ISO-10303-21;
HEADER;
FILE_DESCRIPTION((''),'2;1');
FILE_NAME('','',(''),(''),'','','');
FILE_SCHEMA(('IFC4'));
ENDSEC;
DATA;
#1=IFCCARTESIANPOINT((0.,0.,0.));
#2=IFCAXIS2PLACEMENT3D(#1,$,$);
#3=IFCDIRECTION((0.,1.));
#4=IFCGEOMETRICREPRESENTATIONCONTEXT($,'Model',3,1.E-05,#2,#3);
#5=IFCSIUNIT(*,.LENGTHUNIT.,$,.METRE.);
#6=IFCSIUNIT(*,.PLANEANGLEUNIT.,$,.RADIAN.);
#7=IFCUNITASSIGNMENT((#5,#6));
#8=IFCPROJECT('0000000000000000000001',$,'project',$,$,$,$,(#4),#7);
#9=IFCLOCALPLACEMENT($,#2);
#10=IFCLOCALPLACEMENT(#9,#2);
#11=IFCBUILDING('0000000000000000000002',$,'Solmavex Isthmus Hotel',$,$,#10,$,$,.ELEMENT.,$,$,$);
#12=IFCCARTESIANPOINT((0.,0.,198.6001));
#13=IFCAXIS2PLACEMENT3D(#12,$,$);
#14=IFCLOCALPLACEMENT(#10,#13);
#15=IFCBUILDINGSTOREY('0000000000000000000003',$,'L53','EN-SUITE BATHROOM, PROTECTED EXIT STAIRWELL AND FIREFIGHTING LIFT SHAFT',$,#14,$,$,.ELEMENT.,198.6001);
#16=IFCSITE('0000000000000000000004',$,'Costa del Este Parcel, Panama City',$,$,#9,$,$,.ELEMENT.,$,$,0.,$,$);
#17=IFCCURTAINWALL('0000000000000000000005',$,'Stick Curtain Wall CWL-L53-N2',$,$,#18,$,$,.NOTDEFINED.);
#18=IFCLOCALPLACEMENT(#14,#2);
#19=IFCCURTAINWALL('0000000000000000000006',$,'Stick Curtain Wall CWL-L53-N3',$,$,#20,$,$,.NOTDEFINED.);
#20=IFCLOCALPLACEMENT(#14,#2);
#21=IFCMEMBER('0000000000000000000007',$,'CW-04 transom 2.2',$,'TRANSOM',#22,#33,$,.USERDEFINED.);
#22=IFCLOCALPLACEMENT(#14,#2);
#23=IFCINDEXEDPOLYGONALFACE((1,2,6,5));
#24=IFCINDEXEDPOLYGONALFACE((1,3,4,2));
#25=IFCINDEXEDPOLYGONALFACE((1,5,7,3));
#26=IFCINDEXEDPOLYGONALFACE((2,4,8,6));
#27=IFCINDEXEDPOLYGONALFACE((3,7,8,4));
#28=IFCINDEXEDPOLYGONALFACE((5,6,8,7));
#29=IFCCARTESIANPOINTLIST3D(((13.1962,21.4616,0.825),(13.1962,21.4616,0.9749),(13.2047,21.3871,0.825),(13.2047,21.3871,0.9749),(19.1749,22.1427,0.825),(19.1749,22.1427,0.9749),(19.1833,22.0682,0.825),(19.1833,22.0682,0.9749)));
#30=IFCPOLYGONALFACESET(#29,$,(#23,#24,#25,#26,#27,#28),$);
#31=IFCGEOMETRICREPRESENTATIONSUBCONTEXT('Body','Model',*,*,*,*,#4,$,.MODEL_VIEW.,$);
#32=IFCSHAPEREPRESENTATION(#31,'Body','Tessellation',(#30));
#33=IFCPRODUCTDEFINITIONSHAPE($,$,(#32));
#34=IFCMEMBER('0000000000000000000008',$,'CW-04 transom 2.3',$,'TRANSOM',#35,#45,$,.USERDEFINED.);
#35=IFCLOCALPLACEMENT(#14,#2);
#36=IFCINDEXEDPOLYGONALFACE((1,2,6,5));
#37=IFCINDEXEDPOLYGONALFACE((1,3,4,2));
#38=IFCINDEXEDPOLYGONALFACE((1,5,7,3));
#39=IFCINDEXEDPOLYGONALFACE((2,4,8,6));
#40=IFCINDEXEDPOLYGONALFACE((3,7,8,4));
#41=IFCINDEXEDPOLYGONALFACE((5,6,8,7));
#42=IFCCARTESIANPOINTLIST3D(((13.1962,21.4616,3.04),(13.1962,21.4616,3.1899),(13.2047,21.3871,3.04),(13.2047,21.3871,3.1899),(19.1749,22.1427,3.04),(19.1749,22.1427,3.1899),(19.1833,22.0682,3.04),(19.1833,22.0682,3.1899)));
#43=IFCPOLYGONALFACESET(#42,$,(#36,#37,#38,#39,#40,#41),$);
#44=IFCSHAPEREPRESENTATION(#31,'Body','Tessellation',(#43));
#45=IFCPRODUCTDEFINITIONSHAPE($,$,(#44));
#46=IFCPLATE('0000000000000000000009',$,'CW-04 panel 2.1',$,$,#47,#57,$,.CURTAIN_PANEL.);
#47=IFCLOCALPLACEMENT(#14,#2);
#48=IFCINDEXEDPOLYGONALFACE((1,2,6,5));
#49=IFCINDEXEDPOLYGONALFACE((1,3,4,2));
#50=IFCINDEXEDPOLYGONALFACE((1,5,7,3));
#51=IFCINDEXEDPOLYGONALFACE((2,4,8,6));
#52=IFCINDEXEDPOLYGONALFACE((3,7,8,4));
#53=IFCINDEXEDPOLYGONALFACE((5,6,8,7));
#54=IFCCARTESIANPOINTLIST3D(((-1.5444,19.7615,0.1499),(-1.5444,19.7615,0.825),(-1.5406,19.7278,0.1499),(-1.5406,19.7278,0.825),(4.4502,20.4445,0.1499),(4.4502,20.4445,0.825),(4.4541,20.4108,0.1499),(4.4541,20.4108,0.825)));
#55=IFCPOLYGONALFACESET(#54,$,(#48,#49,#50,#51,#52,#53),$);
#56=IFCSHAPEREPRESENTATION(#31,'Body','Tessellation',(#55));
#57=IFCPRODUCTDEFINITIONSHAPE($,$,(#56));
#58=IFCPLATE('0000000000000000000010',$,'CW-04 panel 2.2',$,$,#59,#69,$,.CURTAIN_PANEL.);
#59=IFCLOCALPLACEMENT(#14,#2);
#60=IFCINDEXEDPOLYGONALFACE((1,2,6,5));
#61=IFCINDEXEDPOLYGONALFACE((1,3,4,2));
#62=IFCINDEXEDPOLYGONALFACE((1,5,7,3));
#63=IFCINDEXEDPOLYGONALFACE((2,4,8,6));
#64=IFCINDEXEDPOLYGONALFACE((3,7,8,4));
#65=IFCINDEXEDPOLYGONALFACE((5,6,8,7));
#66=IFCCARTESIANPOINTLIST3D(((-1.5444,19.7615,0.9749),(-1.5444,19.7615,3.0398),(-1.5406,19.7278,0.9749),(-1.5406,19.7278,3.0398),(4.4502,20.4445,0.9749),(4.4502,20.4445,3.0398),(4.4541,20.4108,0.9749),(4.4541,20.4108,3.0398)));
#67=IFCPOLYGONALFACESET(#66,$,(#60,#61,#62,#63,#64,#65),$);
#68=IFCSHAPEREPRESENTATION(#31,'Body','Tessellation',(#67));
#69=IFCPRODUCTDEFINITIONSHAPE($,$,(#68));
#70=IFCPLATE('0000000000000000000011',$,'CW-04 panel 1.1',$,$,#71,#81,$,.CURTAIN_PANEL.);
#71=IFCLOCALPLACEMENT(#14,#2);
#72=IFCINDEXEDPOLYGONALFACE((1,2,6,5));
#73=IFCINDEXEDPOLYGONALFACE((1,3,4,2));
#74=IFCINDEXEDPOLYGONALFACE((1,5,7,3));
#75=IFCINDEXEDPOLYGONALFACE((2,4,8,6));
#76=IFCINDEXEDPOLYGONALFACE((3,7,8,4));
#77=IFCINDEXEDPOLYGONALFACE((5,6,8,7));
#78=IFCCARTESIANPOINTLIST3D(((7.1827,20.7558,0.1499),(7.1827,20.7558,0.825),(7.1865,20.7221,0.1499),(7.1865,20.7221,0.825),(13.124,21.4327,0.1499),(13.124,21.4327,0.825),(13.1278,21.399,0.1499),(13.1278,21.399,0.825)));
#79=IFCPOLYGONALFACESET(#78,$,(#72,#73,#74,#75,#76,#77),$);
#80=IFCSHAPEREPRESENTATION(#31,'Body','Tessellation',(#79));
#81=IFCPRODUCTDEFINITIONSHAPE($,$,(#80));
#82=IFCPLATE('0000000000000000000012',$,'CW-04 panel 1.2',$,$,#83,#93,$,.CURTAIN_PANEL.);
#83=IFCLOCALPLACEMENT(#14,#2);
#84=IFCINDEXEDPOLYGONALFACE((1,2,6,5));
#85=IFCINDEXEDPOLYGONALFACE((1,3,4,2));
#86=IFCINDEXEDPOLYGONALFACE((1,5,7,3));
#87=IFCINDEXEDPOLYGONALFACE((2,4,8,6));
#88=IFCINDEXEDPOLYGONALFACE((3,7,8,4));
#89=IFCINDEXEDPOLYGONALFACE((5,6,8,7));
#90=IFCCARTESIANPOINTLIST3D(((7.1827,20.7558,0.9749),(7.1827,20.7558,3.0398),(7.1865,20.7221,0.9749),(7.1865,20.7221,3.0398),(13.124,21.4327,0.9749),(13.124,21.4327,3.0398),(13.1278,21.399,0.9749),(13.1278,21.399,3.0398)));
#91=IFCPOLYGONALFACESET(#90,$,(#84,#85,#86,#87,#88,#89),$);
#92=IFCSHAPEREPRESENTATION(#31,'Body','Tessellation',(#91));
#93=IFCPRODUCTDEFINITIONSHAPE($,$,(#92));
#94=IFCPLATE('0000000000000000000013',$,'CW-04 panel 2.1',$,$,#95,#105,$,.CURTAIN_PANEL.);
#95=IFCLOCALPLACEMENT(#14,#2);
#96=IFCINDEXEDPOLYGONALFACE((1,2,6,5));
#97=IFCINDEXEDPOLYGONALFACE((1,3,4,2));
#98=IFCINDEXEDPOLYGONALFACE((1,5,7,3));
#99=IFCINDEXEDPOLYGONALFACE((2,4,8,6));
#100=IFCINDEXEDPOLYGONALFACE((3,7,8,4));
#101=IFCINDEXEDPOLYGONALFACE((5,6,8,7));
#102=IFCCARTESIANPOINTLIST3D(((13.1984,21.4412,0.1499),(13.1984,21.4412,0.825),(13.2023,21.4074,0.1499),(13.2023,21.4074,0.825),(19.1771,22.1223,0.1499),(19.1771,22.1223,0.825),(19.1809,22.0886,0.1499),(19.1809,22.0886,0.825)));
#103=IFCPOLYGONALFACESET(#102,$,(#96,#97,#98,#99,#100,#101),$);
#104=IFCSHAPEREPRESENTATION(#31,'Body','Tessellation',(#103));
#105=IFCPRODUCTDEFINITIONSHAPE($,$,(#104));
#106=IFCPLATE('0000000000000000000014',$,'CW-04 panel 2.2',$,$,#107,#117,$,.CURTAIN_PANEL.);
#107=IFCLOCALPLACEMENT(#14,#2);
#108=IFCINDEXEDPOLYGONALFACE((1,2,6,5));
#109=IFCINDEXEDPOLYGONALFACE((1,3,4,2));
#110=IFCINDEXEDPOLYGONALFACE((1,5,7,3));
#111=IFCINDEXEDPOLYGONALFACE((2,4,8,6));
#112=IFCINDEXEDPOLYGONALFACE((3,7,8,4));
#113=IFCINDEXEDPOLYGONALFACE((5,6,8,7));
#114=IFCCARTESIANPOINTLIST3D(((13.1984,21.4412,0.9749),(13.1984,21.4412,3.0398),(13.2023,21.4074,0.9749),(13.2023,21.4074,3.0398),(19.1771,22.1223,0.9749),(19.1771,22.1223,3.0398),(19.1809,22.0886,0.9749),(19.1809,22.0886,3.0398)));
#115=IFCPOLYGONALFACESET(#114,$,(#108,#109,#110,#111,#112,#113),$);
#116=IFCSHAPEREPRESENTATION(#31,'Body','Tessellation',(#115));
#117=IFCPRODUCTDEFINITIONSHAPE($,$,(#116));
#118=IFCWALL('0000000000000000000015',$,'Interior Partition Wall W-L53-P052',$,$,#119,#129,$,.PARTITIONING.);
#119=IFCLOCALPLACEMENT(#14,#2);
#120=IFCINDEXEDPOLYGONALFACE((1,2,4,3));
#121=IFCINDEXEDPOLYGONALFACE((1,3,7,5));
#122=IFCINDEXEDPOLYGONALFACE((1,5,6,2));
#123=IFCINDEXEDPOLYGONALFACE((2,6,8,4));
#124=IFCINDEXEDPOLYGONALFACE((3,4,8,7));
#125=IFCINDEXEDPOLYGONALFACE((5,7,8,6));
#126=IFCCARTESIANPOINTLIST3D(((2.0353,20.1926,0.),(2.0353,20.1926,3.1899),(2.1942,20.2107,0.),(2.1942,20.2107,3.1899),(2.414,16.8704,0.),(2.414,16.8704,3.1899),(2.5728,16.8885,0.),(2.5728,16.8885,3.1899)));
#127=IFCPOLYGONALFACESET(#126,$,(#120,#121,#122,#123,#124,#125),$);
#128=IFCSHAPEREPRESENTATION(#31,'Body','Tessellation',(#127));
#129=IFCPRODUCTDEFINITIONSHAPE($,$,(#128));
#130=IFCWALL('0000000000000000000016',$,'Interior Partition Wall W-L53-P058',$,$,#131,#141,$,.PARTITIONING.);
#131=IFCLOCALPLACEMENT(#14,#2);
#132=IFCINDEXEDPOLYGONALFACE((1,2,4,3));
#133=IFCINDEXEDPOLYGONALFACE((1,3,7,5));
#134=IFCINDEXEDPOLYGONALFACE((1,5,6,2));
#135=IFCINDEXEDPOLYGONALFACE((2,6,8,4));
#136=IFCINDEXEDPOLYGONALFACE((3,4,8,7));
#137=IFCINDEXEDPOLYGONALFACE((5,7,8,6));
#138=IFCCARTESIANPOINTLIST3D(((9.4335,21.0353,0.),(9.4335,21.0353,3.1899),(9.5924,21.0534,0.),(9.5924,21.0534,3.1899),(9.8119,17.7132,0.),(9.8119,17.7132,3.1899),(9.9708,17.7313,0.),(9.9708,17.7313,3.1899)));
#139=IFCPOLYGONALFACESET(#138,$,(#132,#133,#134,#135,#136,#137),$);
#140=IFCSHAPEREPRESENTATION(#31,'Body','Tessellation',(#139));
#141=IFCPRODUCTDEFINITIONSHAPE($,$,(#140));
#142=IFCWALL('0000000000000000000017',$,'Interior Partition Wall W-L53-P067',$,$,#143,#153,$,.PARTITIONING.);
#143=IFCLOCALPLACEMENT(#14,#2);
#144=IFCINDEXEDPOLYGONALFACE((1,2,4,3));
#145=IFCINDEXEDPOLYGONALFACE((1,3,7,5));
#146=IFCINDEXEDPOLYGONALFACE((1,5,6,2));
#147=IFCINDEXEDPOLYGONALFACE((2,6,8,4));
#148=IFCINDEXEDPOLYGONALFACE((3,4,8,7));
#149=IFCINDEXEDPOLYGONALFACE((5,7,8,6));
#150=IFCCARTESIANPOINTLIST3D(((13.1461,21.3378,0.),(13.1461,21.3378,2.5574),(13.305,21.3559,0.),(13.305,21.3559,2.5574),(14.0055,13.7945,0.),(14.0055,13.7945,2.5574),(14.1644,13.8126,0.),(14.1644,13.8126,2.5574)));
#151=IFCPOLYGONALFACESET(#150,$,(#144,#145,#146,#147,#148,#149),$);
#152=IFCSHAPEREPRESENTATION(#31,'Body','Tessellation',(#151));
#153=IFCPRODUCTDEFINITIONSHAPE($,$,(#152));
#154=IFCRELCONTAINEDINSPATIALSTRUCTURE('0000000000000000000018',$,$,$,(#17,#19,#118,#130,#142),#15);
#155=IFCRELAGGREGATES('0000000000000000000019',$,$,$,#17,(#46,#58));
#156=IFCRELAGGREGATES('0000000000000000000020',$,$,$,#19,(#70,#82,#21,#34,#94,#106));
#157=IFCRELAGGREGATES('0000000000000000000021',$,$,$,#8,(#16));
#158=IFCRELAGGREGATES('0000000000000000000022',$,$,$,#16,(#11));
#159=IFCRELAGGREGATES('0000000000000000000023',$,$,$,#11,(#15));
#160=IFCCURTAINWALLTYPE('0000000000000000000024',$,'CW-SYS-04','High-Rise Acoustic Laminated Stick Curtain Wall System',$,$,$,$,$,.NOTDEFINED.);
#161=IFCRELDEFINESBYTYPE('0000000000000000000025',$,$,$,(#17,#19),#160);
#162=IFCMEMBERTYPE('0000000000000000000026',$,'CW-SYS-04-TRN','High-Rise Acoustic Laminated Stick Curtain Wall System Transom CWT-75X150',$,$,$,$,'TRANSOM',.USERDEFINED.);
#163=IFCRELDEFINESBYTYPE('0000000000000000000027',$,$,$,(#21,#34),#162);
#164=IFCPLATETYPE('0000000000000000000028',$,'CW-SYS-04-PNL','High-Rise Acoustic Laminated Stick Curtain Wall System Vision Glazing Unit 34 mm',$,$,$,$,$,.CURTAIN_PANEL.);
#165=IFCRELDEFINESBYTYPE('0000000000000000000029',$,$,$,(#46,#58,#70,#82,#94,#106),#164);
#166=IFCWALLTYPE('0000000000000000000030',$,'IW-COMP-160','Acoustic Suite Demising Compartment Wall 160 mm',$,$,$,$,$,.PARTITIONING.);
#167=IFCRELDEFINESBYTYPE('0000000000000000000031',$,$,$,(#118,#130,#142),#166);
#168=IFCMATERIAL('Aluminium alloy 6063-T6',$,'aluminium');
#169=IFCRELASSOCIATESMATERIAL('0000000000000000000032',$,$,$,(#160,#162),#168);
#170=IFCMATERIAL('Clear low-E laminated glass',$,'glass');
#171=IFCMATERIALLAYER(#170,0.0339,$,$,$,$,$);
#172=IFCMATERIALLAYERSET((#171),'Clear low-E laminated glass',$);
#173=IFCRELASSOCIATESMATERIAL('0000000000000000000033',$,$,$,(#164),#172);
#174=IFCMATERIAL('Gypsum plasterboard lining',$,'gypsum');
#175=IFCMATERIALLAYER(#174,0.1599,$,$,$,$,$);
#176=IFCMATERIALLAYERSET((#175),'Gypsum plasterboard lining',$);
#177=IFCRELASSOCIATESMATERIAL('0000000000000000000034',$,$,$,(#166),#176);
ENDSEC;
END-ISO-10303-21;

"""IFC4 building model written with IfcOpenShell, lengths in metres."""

from ifc_helpers import new_model, si_unit, direction, frame, frame_2d, origin, origin_2d, place, context, subcontext, project, spatial, rectangle, extrude, material, layer, layer_set, material_profile, profile_set, type_object, element, aggregate, save


model = new_model("IFC4")

# Units and contexts
model_context = context("Model", 3, precision=1e-05, world=origin(), true_north=direction((0.0, 1.0)))
body_context = subcontext(model_context, "Body", "Model", "MODEL_VIEW")
ifc_project = project(units=[si_unit("LENGTHUNIT", "METRE"), si_unit("PLANEANGLEUNIT", "RADIAN")], contexts=[model_context])

# Site, building, storey
site_placement = place(None, origin())
site = spatial("IfcSite", under=ifc_project, at=site_placement, Name="Costa del Este Parcel, Panama City", CompositionType="ELEMENT", RefElevation=0.0)
building_placement = place(site_placement, origin())
building = spatial("IfcBuilding", under=site, at=building_placement, Name="Solmavex Isthmus Hotel", CompositionType="ELEMENT")
storey_placement = place(building_placement, frame((0.0, 0.0, 198.6001)))
storey = spatial("IfcBuildingStorey", under=building, at=storey_placement, Name="L53", Description="EN-SUITE BATHROOM, PROTECTED EXIT STAIRWELL AND FIREFIGHTING LIFT SHAFT", CompositionType="ELEMENT", Elevation=198.6001)

# Curtain wall
ifc_material_1 = material(Name="Aluminium alloy 6063-T6", Category="aluminium")
curtain_wall_type = type_object("IfcCurtainWallType", Name="CW-SYS-04", Description="High-Rise Acoustic Laminated Stick Curtain Wall System", PredefinedType="NOTDEFINED", material=ifc_material_1)
curtain_wall_1_placement = place(storey_placement, origin())
curtain_wall_1 = element("IfcCurtainWall", 1, at=curtain_wall_1_placement, inside=storey, type_object=curtain_wall_type, Name="Stick Curtain Wall CWL-L53-N2", PredefinedType="NOTDEFINED")

# Curtain wall, members
curtain_wall_2_placement = place(storey_placement, origin())
curtain_wall_2 = element("IfcCurtainWall", 2, at=curtain_wall_2_placement, inside=storey, type_object=curtain_wall_type, Name="Stick Curtain Wall CWL-L53-N3", PredefinedType="NOTDEFINED")
ifc_material_profile_1 = material_profile(ifc_material_1, rectangle(XDim=0.075, YDim=0.1499, at=origin_2d()), Name="CWT-75X150")
ifc_profile_set_1 = profile_set([ifc_material_profile_1], Name="Aluminium alloy 6063-T6")
member_type_1 = type_object("IfcMemberType", Name="CW-SYS-04-TRN", Description="High-Rise Acoustic Laminated Stick Curtain Wall System Transom CWT-75X150", ElementType="TRANSOM", PredefinedType="USERDEFINED", material=ifc_profile_set_1)
member_1_placement = place(storey_placement, frame((13.2004, 21.4243, 0.8999), z_axis=(0.993573, 0.113196, 0.0), x_axis=(-0.113196, 0.993573, 0.0)))
member_1 = element("IfcMember", 3, at=member_1_placement, type_object=member_type_1, Name="CW-04 transom 2.2", ObjectType="TRANSOM", PredefinedType="USERDEFINED", context=body_context, shape_type="SweptSolid", body=[
    extrude(rectangle(XDim=0.075, YDim=0.1499, at=origin_2d()), origin(), (0.0, 0.0, 1.0), 6.0173),
])
member_2_placement = place(storey_placement, frame((13.2004, 21.4243, 3.115), z_axis=(0.993573, 0.113196, 0.0), x_axis=(-0.113196, 0.993573, 0.0)))
member_2 = element("IfcMember", 4, at=member_2_placement, type_object=member_type_1, Name="CW-04 transom 2.3", ObjectType="TRANSOM", PredefinedType="USERDEFINED", context=body_context, shape_type="SweptSolid", body=[
    extrude(rectangle(XDim=0.075, YDim=0.1499, at=origin_2d()), origin(), (0.0, 0.0, 1.0), 6.0173),
])

# Plates
ifc_material_2 = material(Name="Clear low-E laminated glass", Category="glass")
ifc_layer_1 = layer(ifc_material_2, 0.0339)
ifc_layer_set_1 = layer_set([ifc_layer_1], Name="Clear low-E laminated glass")
plate_type = type_object("IfcPlateType", Name="CW-SYS-04-PNL", Description="High-Rise Acoustic Laminated Stick Curtain Wall System Vision Glazing Unit 34 mm", PredefinedType="CURTAIN_PANEL", material=ifc_layer_set_1)
plate_1_placement = place(storey_placement, frame((1.4548, 20.0862, 0.1499), z_axis=(0.0, 0.0, 1.0), x_axis=(0.993572, 0.113203, 0.0)))
plate_1 = element("IfcPlate", 5, at=plate_1_placement, type_object=plate_type, Name="CW-04 panel 2.1", PredefinedType="CURTAIN_PANEL", context=body_context, shape_type="SweptSolid", body=[
    extrude(rectangle(XDim=6.0334, YDim=0.0339, at=origin_2d()), origin(), (0.0, 0.0, 1.0), 0.675),
])
plate_2_placement = place(storey_placement, frame((1.4548, 20.0862, 0.9749), z_axis=(0.0, 0.0, 1.0), x_axis=(0.993572, 0.113203, 0.0)))
plate_2 = element("IfcPlate", 6, at=plate_2_placement, type_object=plate_type, Name="CW-04 panel 2.2", PredefinedType="CURTAIN_PANEL", context=body_context, shape_type="SweptSolid", body=[
    extrude(rectangle(XDim=6.0334, YDim=0.0339, at=origin_2d()), origin(), (0.0, 0.0, 1.0), 2.0649),
])
aggregate(curtain_wall_1, [plate_1, plate_2])
plate_3_placement = place(storey_placement, frame((10.1553, 21.0774, 0.1499), z_axis=(0.0, 0.0, 1.0), x_axis=(0.993572, 0.113203, 0.0)))
plate_3 = element("IfcPlate", 7, at=plate_3_placement, type_object=plate_type, Name="CW-04 panel 1.1", PredefinedType="CURTAIN_PANEL", context=body_context, shape_type="SweptSolid", body=[
    extrude(rectangle(XDim=5.9797, YDim=0.0339, at=origin_2d()), origin(), (0.0, 0.0, 1.0), 0.675),
])
plate_4_placement = place(storey_placement, frame((10.1553, 21.0774, 0.9749), z_axis=(0.0, 0.0, 1.0), x_axis=(0.993572, 0.113203, 0.0)))
plate_4 = element("IfcPlate", 8, at=plate_4_placement, type_object=plate_type, Name="CW-04 panel 1.2", PredefinedType="CURTAIN_PANEL", context=body_context, shape_type="SweptSolid", body=[
    extrude(rectangle(XDim=5.9797, YDim=0.0339, at=origin_2d()), origin(), (0.0, 0.0, 1.0), 2.0649),
])
plate_5_placement = place(storey_placement, frame((16.1897, 21.7649, 0.1499), z_axis=(0.0, 0.0, 1.0), x_axis=(0.993572, 0.113203, 0.0)))
plate_5 = element("IfcPlate", 9, at=plate_5_placement, type_object=plate_type, Name="CW-04 panel 2.1", PredefinedType="CURTAIN_PANEL", context=body_context, shape_type="SweptSolid", body=[
    extrude(rectangle(XDim=6.0173, YDim=0.0339, at=origin_2d()), origin(), (0.0, 0.0, 1.0), 0.675),
])
plate_6_placement = place(storey_placement, frame((16.1897, 21.7649, 0.9749), z_axis=(0.0, 0.0, 1.0), x_axis=(0.993572, 0.113203, 0.0)))
plate_6 = element("IfcPlate", 10, at=plate_6_placement, type_object=plate_type, Name="CW-04 panel 2.2", PredefinedType="CURTAIN_PANEL", context=body_context, shape_type="SweptSolid", body=[
    extrude(rectangle(XDim=6.0173, YDim=0.0339, at=origin_2d()), origin(), (0.0, 0.0, 1.0), 2.0649),
])
aggregate(curtain_wall_2, [plate_3, plate_4, member_1, member_2, plate_5, plate_6])

# Walls
ifc_material_3 = material(Name="Gypsum plasterboard lining", Category="gypsum")
ifc_layer_2 = layer(ifc_material_3, 0.1599)
ifc_layer_set_2 = layer_set([ifc_layer_2], Name="Gypsum plasterboard lining")
wall_type_1 = type_object("IfcWallType", Name="IW-COMP-160", Description="Acoustic Suite Demising Compartment Wall 160 mm", PredefinedType="PARTITIONING", material=ifc_layer_set_2)
wall_1_placement = place(storey_placement, frame((2.1147, 20.2017, 0.0), z_axis=(0.0, 0.0, 1.0), x_axis=(0.113244, -0.993567, 0.0)))
element("IfcWall", 11, at=wall_1_placement, inside=storey, type_object=wall_type_1, Name="Interior Partition Wall W-L53-P052", PredefinedType="PARTITIONING", context=body_context, shape_type="SweptSolid", body=[
    extrude(rectangle(XDim=3.3438, YDim=0.1599, at=frame_2d((1.6719, 0.0))), origin(), (0.0, 0.0, 1.0), 3.1899),
])
wall_2_placement = place(storey_placement, frame((9.5129, 21.0444, 0.0), z_axis=(0.0, 0.0, 1.0), x_axis=(0.11318, -0.993574, 0.0)))
element("IfcWall", 12, at=wall_2_placement, inside=storey, type_object=wall_type_1, Name="Interior Partition Wall W-L53-P058", PredefinedType="PARTITIONING", context=body_context, shape_type="SweptSolid", body=[
    extrude(rectangle(XDim=3.3435, YDim=0.1599, at=frame_2d((1.6719, 0.0))), origin(), (0.0, 0.0, 1.0), 3.1899),
])
wall_3_placement = place(storey_placement, frame((13.2256, 21.3467, 0.0), z_axis=(0.0, 0.0, 1.0), x_axis=(0.113195, -0.993573, 0.0)))
element("IfcWall", 13, at=wall_3_placement, inside=storey, type_object=wall_type_1, Name="Interior Partition Wall W-L53-P067", PredefinedType="PARTITIONING", context=body_context, shape_type="SweptSolid", body=[
    extrude(rectangle(XDim=7.592, YDim=0.1599, at=frame_2d((3.7959, 0.0))), origin(), (0.0, 0.0, 1.0), 2.5574),
])

save(model, "model.ifc")
